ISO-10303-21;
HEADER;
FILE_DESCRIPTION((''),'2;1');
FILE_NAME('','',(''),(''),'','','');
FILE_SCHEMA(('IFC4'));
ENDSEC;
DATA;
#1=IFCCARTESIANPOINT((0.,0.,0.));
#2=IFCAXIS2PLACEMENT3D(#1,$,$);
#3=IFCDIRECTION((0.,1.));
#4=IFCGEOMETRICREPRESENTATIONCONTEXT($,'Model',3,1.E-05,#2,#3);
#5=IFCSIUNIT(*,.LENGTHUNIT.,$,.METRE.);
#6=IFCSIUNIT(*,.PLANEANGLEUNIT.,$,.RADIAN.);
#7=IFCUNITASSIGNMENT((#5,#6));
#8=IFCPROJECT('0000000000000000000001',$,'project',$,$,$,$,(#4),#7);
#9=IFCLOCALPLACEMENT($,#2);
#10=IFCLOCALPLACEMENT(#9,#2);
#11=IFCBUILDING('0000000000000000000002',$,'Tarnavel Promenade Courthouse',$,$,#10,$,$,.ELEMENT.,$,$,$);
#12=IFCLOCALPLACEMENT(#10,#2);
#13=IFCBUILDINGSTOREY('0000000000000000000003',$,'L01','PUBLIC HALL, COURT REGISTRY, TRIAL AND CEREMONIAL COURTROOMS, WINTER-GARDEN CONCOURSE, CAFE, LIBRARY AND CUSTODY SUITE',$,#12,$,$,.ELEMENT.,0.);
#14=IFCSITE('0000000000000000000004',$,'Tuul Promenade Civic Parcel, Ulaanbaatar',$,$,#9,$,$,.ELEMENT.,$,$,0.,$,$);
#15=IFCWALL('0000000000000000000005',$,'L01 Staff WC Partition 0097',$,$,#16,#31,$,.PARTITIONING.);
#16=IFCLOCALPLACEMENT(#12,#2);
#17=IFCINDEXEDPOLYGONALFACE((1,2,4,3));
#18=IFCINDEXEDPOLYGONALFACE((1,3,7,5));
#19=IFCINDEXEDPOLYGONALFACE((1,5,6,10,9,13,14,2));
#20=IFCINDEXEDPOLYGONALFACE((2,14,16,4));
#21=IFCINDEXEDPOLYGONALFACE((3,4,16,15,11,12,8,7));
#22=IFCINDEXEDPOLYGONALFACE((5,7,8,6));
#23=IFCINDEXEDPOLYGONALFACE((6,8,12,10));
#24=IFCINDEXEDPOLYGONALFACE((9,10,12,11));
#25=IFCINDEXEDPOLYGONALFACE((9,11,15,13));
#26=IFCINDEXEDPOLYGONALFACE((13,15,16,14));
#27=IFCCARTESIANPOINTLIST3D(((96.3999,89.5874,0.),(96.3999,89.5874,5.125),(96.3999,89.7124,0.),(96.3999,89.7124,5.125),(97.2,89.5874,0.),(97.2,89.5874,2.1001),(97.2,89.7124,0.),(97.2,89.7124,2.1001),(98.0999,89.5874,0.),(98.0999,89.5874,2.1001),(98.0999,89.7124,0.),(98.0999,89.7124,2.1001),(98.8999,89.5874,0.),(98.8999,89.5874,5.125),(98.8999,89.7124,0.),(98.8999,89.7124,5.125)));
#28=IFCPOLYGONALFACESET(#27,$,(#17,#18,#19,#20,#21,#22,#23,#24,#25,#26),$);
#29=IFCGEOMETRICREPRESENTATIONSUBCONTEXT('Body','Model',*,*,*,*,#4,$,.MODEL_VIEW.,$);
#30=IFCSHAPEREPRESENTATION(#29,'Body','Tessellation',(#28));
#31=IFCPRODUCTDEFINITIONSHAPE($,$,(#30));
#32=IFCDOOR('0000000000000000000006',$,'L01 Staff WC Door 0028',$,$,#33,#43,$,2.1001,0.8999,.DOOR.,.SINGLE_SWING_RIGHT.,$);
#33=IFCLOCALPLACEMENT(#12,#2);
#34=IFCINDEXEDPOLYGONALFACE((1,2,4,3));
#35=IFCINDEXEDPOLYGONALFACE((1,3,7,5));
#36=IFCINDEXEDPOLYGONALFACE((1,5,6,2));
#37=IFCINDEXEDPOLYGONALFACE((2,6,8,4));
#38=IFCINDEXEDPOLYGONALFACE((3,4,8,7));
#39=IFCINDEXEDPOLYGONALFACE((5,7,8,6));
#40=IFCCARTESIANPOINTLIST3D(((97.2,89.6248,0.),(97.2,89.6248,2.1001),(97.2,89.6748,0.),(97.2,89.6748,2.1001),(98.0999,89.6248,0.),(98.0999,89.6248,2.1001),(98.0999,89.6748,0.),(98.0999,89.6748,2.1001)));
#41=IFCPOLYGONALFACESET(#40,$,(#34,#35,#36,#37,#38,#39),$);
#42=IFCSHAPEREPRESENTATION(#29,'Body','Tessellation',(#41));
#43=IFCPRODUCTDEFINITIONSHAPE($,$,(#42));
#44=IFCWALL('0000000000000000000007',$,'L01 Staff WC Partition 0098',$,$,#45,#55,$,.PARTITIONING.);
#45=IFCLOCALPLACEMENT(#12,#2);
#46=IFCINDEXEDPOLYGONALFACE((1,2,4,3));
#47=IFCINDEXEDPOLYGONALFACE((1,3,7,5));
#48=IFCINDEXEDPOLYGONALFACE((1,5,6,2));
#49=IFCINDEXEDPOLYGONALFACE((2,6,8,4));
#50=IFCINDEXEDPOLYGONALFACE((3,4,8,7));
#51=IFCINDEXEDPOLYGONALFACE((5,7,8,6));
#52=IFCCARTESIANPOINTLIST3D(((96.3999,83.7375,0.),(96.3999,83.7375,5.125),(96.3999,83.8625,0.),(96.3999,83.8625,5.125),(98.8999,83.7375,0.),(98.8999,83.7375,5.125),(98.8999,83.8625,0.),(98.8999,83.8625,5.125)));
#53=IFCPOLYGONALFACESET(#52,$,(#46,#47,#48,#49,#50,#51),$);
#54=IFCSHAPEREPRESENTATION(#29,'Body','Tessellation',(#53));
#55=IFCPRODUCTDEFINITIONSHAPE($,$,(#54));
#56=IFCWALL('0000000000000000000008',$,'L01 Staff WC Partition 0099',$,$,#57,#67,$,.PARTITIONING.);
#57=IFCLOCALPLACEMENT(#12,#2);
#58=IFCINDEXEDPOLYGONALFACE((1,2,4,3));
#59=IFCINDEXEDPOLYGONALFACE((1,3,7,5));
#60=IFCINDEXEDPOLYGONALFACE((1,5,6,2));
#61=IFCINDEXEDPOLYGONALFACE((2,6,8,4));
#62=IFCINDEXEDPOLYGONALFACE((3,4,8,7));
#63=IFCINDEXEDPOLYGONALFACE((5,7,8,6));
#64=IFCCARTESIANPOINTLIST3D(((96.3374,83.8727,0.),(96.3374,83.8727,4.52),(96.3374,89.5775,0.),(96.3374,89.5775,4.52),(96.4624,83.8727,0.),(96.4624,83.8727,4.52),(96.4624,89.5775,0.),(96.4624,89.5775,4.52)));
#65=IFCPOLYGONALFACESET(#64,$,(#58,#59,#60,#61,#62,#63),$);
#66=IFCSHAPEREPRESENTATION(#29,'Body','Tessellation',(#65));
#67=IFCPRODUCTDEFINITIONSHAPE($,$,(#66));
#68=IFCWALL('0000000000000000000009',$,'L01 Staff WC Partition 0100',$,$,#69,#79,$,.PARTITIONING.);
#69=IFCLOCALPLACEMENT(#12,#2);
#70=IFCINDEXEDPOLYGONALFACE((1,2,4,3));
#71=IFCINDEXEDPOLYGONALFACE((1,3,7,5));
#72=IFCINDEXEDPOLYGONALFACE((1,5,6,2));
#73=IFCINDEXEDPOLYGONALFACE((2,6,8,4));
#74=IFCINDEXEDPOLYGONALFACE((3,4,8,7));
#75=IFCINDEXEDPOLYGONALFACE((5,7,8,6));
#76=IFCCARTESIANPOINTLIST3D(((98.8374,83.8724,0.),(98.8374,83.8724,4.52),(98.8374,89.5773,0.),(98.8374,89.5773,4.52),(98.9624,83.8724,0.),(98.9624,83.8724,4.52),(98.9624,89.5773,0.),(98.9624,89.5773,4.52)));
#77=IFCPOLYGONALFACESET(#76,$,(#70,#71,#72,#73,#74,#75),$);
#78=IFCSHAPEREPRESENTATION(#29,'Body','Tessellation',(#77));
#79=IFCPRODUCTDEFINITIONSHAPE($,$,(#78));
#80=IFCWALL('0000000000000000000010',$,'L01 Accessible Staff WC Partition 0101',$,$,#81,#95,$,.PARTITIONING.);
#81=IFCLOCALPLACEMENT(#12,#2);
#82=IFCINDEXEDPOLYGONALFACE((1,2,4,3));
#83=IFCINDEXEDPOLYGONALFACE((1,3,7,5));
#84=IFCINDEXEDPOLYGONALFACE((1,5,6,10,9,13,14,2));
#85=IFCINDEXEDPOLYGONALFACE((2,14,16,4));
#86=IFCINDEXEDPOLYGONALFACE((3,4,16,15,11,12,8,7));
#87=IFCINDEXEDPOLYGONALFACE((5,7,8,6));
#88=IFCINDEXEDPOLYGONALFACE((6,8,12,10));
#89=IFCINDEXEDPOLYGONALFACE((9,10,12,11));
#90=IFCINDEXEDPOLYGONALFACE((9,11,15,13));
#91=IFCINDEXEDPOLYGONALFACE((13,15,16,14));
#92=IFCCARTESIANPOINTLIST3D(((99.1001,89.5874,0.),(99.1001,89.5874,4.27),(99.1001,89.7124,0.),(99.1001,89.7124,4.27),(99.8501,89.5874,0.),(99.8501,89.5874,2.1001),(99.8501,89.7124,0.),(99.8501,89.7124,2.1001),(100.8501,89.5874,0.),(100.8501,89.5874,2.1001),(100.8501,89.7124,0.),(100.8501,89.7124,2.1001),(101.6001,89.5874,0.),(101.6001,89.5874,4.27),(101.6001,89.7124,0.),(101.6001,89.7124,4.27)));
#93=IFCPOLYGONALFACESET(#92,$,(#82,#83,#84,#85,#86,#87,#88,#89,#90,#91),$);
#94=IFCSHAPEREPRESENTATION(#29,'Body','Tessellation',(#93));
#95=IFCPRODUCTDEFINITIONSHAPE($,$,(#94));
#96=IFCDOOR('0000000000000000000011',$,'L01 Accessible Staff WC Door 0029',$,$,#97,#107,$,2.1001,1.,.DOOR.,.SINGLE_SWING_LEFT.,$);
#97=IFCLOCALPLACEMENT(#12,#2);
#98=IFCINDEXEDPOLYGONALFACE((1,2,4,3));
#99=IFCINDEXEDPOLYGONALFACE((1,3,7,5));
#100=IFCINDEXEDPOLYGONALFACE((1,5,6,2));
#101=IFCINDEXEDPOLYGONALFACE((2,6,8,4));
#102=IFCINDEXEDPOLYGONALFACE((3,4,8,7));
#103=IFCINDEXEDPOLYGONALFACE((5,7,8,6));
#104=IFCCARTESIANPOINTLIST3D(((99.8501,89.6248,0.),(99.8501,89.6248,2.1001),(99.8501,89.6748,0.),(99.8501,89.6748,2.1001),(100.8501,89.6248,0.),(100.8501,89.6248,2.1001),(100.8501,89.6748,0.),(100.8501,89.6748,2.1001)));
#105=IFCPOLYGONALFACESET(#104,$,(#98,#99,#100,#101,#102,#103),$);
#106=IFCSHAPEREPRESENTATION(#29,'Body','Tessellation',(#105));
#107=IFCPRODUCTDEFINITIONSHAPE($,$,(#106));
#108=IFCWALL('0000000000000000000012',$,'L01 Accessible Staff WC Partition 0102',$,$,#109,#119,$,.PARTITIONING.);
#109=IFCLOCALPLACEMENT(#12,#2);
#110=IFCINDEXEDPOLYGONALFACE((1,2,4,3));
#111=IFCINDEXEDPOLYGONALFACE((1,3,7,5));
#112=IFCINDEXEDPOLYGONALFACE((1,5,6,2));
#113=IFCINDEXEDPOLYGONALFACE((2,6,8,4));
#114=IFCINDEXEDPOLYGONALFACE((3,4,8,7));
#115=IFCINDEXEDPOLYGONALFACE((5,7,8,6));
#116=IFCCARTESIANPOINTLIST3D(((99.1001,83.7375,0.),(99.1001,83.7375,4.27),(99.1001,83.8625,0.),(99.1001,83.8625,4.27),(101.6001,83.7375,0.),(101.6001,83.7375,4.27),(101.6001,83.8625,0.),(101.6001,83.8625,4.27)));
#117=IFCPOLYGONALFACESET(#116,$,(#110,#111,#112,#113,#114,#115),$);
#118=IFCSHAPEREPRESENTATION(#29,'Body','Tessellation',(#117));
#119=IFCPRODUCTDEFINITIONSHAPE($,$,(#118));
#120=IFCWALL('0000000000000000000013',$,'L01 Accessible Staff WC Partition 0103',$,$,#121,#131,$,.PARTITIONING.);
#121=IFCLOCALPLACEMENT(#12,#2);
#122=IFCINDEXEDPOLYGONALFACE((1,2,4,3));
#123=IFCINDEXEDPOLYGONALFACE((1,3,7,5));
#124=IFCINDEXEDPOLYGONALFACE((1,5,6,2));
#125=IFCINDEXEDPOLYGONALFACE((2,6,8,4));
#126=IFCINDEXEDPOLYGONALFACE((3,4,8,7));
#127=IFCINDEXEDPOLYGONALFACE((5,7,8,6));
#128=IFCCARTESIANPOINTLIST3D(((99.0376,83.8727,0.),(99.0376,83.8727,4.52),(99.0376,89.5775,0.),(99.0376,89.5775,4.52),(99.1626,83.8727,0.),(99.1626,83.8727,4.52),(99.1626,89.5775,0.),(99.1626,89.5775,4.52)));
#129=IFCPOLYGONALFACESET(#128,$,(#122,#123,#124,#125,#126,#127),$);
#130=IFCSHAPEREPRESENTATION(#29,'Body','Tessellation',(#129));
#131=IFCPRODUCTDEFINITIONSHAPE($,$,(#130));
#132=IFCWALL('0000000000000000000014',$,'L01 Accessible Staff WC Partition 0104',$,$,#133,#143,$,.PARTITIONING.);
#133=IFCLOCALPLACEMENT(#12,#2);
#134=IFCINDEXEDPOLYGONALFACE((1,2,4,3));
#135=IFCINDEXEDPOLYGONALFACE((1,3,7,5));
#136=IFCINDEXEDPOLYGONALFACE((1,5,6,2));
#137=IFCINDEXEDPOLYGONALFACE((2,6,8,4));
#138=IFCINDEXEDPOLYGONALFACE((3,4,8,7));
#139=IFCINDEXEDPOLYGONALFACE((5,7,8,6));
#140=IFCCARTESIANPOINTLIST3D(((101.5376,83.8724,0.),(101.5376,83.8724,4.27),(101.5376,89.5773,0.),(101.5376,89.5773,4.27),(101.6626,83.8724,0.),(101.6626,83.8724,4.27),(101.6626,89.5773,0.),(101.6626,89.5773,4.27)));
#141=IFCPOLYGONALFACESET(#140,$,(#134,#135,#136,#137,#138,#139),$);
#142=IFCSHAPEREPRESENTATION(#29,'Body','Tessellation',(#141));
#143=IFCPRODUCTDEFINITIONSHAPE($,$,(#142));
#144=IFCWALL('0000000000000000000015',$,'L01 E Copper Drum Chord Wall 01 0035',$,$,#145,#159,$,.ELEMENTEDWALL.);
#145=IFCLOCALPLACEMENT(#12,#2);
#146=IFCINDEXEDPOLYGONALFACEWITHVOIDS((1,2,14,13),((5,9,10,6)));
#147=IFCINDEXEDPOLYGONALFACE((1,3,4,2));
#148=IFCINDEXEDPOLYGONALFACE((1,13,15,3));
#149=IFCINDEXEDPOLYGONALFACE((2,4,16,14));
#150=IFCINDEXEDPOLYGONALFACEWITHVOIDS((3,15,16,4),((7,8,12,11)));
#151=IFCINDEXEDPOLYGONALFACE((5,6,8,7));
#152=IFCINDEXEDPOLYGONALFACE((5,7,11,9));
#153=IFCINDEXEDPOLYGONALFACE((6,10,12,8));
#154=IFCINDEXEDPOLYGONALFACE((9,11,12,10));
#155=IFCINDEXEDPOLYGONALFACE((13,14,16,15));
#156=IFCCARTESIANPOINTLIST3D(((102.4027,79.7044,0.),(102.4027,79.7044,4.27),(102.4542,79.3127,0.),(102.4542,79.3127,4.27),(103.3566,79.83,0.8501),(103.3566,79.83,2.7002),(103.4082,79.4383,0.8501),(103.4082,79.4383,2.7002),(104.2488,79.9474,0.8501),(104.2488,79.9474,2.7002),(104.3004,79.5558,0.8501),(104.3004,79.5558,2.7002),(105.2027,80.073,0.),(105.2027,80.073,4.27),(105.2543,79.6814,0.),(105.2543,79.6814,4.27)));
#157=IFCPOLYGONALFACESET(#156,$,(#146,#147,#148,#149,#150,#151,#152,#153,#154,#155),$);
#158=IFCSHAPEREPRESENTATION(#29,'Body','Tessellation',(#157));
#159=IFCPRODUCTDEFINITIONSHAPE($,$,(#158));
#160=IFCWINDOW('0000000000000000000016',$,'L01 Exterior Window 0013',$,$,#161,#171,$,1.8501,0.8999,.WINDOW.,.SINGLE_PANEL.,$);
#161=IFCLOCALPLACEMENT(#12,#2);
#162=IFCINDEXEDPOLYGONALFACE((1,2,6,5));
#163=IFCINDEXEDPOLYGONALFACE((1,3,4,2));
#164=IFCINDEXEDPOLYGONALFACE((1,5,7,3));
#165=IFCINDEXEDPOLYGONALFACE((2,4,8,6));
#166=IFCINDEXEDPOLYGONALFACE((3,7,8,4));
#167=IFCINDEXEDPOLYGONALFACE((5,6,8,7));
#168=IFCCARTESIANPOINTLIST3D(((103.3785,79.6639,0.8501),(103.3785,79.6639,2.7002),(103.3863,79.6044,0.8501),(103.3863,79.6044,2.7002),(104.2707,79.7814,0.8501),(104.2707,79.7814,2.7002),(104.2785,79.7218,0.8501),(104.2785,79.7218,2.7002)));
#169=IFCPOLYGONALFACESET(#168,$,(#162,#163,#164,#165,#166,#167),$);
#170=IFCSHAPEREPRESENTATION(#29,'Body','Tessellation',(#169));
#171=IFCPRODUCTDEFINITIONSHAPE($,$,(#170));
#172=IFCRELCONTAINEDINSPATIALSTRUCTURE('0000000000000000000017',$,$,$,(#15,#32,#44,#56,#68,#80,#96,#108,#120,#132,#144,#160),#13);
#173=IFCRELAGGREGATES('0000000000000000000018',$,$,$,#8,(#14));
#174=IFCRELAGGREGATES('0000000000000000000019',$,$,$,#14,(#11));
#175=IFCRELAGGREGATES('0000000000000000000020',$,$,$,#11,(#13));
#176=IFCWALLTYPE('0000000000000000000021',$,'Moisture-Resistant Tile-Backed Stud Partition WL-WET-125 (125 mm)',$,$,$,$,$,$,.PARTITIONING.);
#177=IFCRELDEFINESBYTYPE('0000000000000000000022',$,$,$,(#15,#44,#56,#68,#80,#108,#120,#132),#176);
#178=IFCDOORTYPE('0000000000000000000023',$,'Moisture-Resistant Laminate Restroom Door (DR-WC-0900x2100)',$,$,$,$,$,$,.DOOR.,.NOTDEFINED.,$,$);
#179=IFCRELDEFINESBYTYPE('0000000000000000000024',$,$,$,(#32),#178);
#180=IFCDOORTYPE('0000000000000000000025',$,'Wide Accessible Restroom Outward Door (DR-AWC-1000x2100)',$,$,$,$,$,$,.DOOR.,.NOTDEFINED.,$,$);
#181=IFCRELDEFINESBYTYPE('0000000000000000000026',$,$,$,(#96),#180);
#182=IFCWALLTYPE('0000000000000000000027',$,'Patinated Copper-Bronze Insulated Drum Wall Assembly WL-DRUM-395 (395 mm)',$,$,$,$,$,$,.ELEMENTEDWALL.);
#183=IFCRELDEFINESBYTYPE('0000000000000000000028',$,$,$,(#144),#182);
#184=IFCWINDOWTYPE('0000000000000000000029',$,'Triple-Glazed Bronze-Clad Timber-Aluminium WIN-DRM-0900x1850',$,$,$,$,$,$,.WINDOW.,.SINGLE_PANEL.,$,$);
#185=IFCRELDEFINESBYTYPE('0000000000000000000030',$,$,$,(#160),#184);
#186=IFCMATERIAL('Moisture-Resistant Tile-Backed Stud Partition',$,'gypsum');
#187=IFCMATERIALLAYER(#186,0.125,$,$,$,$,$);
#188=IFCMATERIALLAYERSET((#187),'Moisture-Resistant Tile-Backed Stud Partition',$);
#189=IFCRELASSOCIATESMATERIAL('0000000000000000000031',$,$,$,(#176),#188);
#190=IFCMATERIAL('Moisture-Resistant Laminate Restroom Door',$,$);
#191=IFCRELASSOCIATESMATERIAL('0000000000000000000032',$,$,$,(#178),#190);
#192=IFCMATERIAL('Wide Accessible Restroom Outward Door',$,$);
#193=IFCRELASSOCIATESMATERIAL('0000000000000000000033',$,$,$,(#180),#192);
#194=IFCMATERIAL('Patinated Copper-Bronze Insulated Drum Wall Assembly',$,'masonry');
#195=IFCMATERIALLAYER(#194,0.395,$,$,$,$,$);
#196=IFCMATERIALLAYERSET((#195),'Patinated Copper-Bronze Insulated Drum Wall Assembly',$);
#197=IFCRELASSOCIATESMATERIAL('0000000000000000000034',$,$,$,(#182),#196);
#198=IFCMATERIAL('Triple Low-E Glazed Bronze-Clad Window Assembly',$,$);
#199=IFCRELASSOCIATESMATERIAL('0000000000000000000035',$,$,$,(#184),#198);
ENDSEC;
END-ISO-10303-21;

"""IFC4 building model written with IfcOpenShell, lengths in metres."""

from ifc_helpers import new_model, si_unit, direction, frame, frame_2d, origin, place, context, subcontext, project, spatial, rectangle, extrude, material, layer, layer_set, type_object, element, fill, save


model = new_model("IFC4")

# Units and contexts
model_context = context("Model", 3, precision=1e-05, world=origin(), true_north=direction((0.0, 1.0)))
body_context = subcontext(model_context, "Body", "Model", "MODEL_VIEW")
ifc_project = project(units=[si_unit("LENGTHUNIT", "METRE"), si_unit("PLANEANGLEUNIT", "RADIAN")], contexts=[model_context])

# Site, building, storey
site_placement = place(None, origin())
site = spatial("IfcSite", under=ifc_project, at=site_placement, Name="Tuul Promenade Civic Parcel, Ulaanbaatar", CompositionType="ELEMENT", RefElevation=0.0)
building_placement = place(site_placement, origin())
building = spatial("IfcBuilding", under=site, at=building_placement, Name="Tarnavel Promenade Courthouse", CompositionType="ELEMENT")
storey_placement = place(building_placement, origin())
storey = spatial("IfcBuildingStorey", under=building, at=storey_placement, Name="L01", Description="PUBLIC HALL, COURT REGISTRY, TRIAL AND CEREMONIAL COURTROOMS, WINTER-GARDEN CONCOURSE, CAFE, LIBRARY AND CUSTODY SUITE", CompositionType="ELEMENT", Elevation=0.0)

# Wall, opening, door
ifc_material_1 = material(Name="Moisture-Resistant Tile-Backed Stud Partition", Category="gypsum")
ifc_layer_1 = layer(ifc_material_1, 0.125)
ifc_layer_set_1 = layer_set([ifc_layer_1], Name="Moisture-Resistant Tile-Backed Stud Partition")
wall_type_1 = type_object("IfcWallType", Name="Moisture-Resistant Tile-Backed Stud Partition WL-WET-125 (125 mm)", PredefinedType="PARTITIONING", material=ifc_layer_set_1)
wall_1_placement = place(storey_placement, frame((96.3999, 89.6499, 0.0), z_axis=(0.0, 0.0, 1.0), x_axis=(1.0, 0.0, 0.0)))
wall_1 = element("IfcWall", 1, at=wall_1_placement, inside=storey, type_object=wall_type_1, Name="L01 Staff WC Partition 0097", PredefinedType="PARTITIONING", context=body_context, shape_type="SweptSolid", body=[
    extrude(rectangle(XDim=2.5, YDim=0.125, at=frame_2d((1.25, 0.0))), origin(), (0.0, 0.0, 1.0), 5.125),
])
opening_1_placement = place(wall_1_placement, frame((0.8, 0.0, 0.0)))
opening_1 = element("IfcOpeningElement", 2, at=opening_1_placement, cuts=wall_1, PredefinedType="OPENING", context=body_context, shape_type="SweptSolid", body=[
    extrude(rectangle(XDim=0.8999, YDim=2.1001, at=frame_2d((0.45, 1.05))), frame((0.0, 0.0725, 0.0), z_axis=(0.0, -1.0, 0.0), x_axis=(1.0, 0.0, 0.0)), (0.0, 0.0, 1.0), 0.145),
])
ifc_material_2 = material(Name="Moisture-Resistant Laminate Restroom Door")
door_type_1 = type_object("IfcDoorType", Name="Moisture-Resistant Laminate Restroom Door (DR-WC-0900x2100)", OperationType="NOTDEFINED", PredefinedType="DOOR", material=ifc_material_2)
door_1_placement = place(opening_1_placement, origin())
door_1 = element("IfcDoor", 3, at=door_1_placement, inside=storey, type_object=door_type_1, Name="L01 Staff WC Door 0028", OperationType="SINGLE_SWING_RIGHT", OverallHeight=2.1001, OverallWidth=0.8999, PredefinedType="DOOR", context=body_context, shape_type="SweptSolid", body=[
    extrude(rectangle(XDim=0.8999, YDim=2.1001, at=frame_2d((0.45, 1.05))), frame((0.0, 0.0249, 0.0), z_axis=(0.0, -1.0, 0.0), x_axis=(1.0, 0.0, 0.0)), (0.0, 0.0, 1.0), 0.05),
])
fill(opening_1, door_1)

# Walls
wall_2_placement = place(storey_placement, frame((98.8999, 83.8, 0.0), z_axis=(0.0, 0.0, 1.0), x_axis=(-1.0, 0.0, 0.0)))
element("IfcWall", 4, at=wall_2_placement, inside=storey, type_object=wall_type_1, Name="L01 Staff WC Partition 0098", PredefinedType="PARTITIONING", context=body_context, shape_type="SweptSolid", body=[
    extrude(rectangle(XDim=2.5, YDim=0.125, at=frame_2d((1.25, 0.0))), origin(), (0.0, 0.0, 1.0), 5.125),
])
for number, where, z_axis, x_axis, name in (
    (5, (96.3999, 83.8726, 0.0), (0.0, 0.0, 1.0), (0.0, 1.0, 0.0), "L01 Staff WC Partition 0099"),
    (6, (98.8999, 89.5774, 0.0), (0.0, 0.0, 1.0), (0.0, -1.0, 0.0), "L01 Staff WC Partition 0100"),
):
    element("IfcWall", number, at=place(storey_placement, frame(where, z_axis=z_axis, x_axis=x_axis)), inside=storey, type_object=wall_type_1, Name=name, PredefinedType="PARTITIONING", context=body_context, shape_type="SweptSolid", body=[
        extrude(rectangle(XDim=5.7048, YDim=0.125, at=frame_2d((2.8525, 0.0))), origin(), (0.0, 0.0, 1.0), 4.52),
    ])

# Wall, opening, door
wall_3_placement = place(storey_placement, frame((99.1001, 89.6499, 0.0), z_axis=(0.0, 0.0, 1.0), x_axis=(1.0, 0.0, 0.0)))
wall_3 = element("IfcWall", 7, at=wall_3_placement, inside=storey, type_object=wall_type_1, Name="L01 Accessible Staff WC Partition 0101", PredefinedType="PARTITIONING", context=body_context, shape_type="SweptSolid", body=[
    extrude(rectangle(XDim=2.5, YDim=0.125, at=frame_2d((1.25, 0.0))), origin(), (0.0, 0.0, 1.0), 4.27),
])
opening_2_placement = place(wall_3_placement, frame((0.75, 0.0, 0.0)))
opening_2 = element("IfcOpeningElement", 8, at=opening_2_placement, cuts=wall_3, PredefinedType="OPENING", context=body_context, shape_type="SweptSolid", body=[
    extrude(rectangle(XDim=1.0, YDim=2.1001, at=frame_2d((0.5, 1.05))), frame((0.0, 0.0725, 0.0), z_axis=(0.0, -1.0, 0.0), x_axis=(1.0, 0.0, 0.0)), (0.0, 0.0, 1.0), 0.145),
])
ifc_material_3 = material(Name="Wide Accessible Restroom Outward Door")
door_type_2 = type_object("IfcDoorType", Name="Wide Accessible Restroom Outward Door (DR-AWC-1000x2100)", OperationType="NOTDEFINED", PredefinedType="DOOR", material=ifc_material_3)
door_2_placement = place(opening_2_placement, origin())
door_2 = element("IfcDoor", 9, at=door_2_placement, inside=storey, type_object=door_type_2, Name="L01 Accessible Staff WC Door 0029", OperationType="SINGLE_SWING_LEFT", OverallHeight=2.1001, OverallWidth=1.0, PredefinedType="DOOR", context=body_context, shape_type="SweptSolid", body=[
    extrude(rectangle(XDim=1.0, YDim=2.1001, at=frame_2d((0.5, 1.05))), frame((0.0, 0.0249, 0.0), z_axis=(0.0, -1.0, 0.0), x_axis=(1.0, 0.0, 0.0)), (0.0, 0.0, 1.0), 0.05),
])
fill(opening_2, door_2)

# Walls
wall_4_placement = place(storey_placement, frame((101.6001, 83.8, 0.0), z_axis=(0.0, 0.0, 1.0), x_axis=(-1.0, 0.0, 0.0)))
element("IfcWall", 10, at=wall_4_placement, inside=storey, type_object=wall_type_1, Name="L01 Accessible Staff WC Partition 0102", PredefinedType="PARTITIONING", context=body_context, shape_type="SweptSolid", body=[
    extrude(rectangle(XDim=2.5, YDim=0.125, at=frame_2d((1.25, 0.0))), origin(), (0.0, 0.0, 1.0), 4.27),
])
wall_5_placement = place(storey_placement, frame((99.1001, 83.8726, 0.0), z_axis=(0.0, 0.0, 1.0), x_axis=(0.0, 1.0, 0.0)))
element("IfcWall", 11, at=wall_5_placement, inside=storey, type_object=wall_type_1, Name="L01 Accessible Staff WC Partition 0103", PredefinedType="PARTITIONING", context=body_context, shape_type="SweptSolid", body=[
    extrude(rectangle(XDim=5.7048, YDim=0.125, at=frame_2d((2.8525, 0.0))), origin(), (0.0, 0.0, 1.0), 4.52),
])
wall_6_placement = place(storey_placement, frame((101.6001, 89.5774, 0.0), z_axis=(0.0, 0.0, 1.0), x_axis=(0.0, -1.0, 0.0)))
element("IfcWall", 12, at=wall_6_placement, inside=storey, type_object=wall_type_1, Name="L01 Accessible Staff WC Partition 0104", PredefinedType="PARTITIONING", context=body_context, shape_type="SweptSolid", body=[
    extrude(rectangle(XDim=5.7048, YDim=0.125, at=frame_2d((2.8525, 0.0))), origin(), (0.0, 0.0, 1.0), 4.27),
])

# Wall, opening, window
ifc_material_4 = material(Name="Patinated Copper-Bronze Insulated Drum Wall Assembly", Category="masonry")
ifc_layer_2 = layer(ifc_material_4, 0.395)
ifc_layer_set_2 = layer_set([ifc_layer_2], Name="Patinated Copper-Bronze Insulated Drum Wall Assembly")
wall_type_2 = type_object("IfcWallType", Name="Patinated Copper-Bronze Insulated Drum Wall Assembly WL-DRUM-395 (395 mm)", PredefinedType="ELEMENTEDWALL", material=ifc_layer_set_2)
wall_7_placement = place(storey_placement, frame((102.4285, 79.5085, 0.0), z_axis=(0.0, 0.0, 1.0), x_axis=(0.991444, 0.130533, 0.0)))
wall_7 = element("IfcWall", 13, at=wall_7_placement, inside=storey, type_object=wall_type_2, Name="L01 E Copper Drum Chord Wall 01 0035", PredefinedType="ELEMENTEDWALL", context=body_context, shape_type="SweptSolid", body=[
    extrude(rectangle(XDim=2.8242, YDim=0.395, at=frame_2d((1.4121, 0.0))), origin(), (0.0, 0.0, 1.0), 4.27),
])
opening_3_placement = place(wall_7_placement, frame((0.9622, 0.0, 0.8501)))
opening_3 = element("IfcOpeningElement", 14, at=opening_3_placement, cuts=wall_7, PredefinedType="OPENING", context=body_context, shape_type="SweptSolid", body=[
    extrude(rectangle(XDim=0.8999, YDim=1.8501, at=frame_2d((0.45, 0.925))), frame((0.0, 0.2075, 0.0), z_axis=(0.0, -1.0, 0.0), x_axis=(1.0, 0.0, 0.0)), (0.0, 0.0, 1.0), 0.415),
])
ifc_material_5 = material(Name="Triple Low-E Glazed Bronze-Clad Window Assembly")
window_type = type_object("IfcWindowType", Name="Triple-Glazed Bronze-Clad Timber-Aluminium WIN-DRM-0900x1850", PartitioningType="SINGLE_PANEL", PredefinedType="WINDOW", material=ifc_material_5)
window_placement = place(opening_3_placement, origin())
window = element("IfcWindow", 15, at=window_placement, inside=storey, type_object=window_type, Name="L01 Exterior Window 0013", OverallHeight=1.8501, OverallWidth=0.8999, PartitioningType="SINGLE_PANEL", PredefinedType="WINDOW", context=body_context, shape_type="SweptSolid", body=[
    extrude(rectangle(XDim=0.8999, YDim=1.8501, at=frame_2d((0.45, 0.925))), frame((0.0, 0.03, 0.0), z_axis=(0.0, -1.0, 0.0), x_axis=(1.0, 0.0, 0.0)), (0.0, 0.0, 1.0), 0.0601),
])
fill(opening_3, window)

save(model, "model.ifc")
